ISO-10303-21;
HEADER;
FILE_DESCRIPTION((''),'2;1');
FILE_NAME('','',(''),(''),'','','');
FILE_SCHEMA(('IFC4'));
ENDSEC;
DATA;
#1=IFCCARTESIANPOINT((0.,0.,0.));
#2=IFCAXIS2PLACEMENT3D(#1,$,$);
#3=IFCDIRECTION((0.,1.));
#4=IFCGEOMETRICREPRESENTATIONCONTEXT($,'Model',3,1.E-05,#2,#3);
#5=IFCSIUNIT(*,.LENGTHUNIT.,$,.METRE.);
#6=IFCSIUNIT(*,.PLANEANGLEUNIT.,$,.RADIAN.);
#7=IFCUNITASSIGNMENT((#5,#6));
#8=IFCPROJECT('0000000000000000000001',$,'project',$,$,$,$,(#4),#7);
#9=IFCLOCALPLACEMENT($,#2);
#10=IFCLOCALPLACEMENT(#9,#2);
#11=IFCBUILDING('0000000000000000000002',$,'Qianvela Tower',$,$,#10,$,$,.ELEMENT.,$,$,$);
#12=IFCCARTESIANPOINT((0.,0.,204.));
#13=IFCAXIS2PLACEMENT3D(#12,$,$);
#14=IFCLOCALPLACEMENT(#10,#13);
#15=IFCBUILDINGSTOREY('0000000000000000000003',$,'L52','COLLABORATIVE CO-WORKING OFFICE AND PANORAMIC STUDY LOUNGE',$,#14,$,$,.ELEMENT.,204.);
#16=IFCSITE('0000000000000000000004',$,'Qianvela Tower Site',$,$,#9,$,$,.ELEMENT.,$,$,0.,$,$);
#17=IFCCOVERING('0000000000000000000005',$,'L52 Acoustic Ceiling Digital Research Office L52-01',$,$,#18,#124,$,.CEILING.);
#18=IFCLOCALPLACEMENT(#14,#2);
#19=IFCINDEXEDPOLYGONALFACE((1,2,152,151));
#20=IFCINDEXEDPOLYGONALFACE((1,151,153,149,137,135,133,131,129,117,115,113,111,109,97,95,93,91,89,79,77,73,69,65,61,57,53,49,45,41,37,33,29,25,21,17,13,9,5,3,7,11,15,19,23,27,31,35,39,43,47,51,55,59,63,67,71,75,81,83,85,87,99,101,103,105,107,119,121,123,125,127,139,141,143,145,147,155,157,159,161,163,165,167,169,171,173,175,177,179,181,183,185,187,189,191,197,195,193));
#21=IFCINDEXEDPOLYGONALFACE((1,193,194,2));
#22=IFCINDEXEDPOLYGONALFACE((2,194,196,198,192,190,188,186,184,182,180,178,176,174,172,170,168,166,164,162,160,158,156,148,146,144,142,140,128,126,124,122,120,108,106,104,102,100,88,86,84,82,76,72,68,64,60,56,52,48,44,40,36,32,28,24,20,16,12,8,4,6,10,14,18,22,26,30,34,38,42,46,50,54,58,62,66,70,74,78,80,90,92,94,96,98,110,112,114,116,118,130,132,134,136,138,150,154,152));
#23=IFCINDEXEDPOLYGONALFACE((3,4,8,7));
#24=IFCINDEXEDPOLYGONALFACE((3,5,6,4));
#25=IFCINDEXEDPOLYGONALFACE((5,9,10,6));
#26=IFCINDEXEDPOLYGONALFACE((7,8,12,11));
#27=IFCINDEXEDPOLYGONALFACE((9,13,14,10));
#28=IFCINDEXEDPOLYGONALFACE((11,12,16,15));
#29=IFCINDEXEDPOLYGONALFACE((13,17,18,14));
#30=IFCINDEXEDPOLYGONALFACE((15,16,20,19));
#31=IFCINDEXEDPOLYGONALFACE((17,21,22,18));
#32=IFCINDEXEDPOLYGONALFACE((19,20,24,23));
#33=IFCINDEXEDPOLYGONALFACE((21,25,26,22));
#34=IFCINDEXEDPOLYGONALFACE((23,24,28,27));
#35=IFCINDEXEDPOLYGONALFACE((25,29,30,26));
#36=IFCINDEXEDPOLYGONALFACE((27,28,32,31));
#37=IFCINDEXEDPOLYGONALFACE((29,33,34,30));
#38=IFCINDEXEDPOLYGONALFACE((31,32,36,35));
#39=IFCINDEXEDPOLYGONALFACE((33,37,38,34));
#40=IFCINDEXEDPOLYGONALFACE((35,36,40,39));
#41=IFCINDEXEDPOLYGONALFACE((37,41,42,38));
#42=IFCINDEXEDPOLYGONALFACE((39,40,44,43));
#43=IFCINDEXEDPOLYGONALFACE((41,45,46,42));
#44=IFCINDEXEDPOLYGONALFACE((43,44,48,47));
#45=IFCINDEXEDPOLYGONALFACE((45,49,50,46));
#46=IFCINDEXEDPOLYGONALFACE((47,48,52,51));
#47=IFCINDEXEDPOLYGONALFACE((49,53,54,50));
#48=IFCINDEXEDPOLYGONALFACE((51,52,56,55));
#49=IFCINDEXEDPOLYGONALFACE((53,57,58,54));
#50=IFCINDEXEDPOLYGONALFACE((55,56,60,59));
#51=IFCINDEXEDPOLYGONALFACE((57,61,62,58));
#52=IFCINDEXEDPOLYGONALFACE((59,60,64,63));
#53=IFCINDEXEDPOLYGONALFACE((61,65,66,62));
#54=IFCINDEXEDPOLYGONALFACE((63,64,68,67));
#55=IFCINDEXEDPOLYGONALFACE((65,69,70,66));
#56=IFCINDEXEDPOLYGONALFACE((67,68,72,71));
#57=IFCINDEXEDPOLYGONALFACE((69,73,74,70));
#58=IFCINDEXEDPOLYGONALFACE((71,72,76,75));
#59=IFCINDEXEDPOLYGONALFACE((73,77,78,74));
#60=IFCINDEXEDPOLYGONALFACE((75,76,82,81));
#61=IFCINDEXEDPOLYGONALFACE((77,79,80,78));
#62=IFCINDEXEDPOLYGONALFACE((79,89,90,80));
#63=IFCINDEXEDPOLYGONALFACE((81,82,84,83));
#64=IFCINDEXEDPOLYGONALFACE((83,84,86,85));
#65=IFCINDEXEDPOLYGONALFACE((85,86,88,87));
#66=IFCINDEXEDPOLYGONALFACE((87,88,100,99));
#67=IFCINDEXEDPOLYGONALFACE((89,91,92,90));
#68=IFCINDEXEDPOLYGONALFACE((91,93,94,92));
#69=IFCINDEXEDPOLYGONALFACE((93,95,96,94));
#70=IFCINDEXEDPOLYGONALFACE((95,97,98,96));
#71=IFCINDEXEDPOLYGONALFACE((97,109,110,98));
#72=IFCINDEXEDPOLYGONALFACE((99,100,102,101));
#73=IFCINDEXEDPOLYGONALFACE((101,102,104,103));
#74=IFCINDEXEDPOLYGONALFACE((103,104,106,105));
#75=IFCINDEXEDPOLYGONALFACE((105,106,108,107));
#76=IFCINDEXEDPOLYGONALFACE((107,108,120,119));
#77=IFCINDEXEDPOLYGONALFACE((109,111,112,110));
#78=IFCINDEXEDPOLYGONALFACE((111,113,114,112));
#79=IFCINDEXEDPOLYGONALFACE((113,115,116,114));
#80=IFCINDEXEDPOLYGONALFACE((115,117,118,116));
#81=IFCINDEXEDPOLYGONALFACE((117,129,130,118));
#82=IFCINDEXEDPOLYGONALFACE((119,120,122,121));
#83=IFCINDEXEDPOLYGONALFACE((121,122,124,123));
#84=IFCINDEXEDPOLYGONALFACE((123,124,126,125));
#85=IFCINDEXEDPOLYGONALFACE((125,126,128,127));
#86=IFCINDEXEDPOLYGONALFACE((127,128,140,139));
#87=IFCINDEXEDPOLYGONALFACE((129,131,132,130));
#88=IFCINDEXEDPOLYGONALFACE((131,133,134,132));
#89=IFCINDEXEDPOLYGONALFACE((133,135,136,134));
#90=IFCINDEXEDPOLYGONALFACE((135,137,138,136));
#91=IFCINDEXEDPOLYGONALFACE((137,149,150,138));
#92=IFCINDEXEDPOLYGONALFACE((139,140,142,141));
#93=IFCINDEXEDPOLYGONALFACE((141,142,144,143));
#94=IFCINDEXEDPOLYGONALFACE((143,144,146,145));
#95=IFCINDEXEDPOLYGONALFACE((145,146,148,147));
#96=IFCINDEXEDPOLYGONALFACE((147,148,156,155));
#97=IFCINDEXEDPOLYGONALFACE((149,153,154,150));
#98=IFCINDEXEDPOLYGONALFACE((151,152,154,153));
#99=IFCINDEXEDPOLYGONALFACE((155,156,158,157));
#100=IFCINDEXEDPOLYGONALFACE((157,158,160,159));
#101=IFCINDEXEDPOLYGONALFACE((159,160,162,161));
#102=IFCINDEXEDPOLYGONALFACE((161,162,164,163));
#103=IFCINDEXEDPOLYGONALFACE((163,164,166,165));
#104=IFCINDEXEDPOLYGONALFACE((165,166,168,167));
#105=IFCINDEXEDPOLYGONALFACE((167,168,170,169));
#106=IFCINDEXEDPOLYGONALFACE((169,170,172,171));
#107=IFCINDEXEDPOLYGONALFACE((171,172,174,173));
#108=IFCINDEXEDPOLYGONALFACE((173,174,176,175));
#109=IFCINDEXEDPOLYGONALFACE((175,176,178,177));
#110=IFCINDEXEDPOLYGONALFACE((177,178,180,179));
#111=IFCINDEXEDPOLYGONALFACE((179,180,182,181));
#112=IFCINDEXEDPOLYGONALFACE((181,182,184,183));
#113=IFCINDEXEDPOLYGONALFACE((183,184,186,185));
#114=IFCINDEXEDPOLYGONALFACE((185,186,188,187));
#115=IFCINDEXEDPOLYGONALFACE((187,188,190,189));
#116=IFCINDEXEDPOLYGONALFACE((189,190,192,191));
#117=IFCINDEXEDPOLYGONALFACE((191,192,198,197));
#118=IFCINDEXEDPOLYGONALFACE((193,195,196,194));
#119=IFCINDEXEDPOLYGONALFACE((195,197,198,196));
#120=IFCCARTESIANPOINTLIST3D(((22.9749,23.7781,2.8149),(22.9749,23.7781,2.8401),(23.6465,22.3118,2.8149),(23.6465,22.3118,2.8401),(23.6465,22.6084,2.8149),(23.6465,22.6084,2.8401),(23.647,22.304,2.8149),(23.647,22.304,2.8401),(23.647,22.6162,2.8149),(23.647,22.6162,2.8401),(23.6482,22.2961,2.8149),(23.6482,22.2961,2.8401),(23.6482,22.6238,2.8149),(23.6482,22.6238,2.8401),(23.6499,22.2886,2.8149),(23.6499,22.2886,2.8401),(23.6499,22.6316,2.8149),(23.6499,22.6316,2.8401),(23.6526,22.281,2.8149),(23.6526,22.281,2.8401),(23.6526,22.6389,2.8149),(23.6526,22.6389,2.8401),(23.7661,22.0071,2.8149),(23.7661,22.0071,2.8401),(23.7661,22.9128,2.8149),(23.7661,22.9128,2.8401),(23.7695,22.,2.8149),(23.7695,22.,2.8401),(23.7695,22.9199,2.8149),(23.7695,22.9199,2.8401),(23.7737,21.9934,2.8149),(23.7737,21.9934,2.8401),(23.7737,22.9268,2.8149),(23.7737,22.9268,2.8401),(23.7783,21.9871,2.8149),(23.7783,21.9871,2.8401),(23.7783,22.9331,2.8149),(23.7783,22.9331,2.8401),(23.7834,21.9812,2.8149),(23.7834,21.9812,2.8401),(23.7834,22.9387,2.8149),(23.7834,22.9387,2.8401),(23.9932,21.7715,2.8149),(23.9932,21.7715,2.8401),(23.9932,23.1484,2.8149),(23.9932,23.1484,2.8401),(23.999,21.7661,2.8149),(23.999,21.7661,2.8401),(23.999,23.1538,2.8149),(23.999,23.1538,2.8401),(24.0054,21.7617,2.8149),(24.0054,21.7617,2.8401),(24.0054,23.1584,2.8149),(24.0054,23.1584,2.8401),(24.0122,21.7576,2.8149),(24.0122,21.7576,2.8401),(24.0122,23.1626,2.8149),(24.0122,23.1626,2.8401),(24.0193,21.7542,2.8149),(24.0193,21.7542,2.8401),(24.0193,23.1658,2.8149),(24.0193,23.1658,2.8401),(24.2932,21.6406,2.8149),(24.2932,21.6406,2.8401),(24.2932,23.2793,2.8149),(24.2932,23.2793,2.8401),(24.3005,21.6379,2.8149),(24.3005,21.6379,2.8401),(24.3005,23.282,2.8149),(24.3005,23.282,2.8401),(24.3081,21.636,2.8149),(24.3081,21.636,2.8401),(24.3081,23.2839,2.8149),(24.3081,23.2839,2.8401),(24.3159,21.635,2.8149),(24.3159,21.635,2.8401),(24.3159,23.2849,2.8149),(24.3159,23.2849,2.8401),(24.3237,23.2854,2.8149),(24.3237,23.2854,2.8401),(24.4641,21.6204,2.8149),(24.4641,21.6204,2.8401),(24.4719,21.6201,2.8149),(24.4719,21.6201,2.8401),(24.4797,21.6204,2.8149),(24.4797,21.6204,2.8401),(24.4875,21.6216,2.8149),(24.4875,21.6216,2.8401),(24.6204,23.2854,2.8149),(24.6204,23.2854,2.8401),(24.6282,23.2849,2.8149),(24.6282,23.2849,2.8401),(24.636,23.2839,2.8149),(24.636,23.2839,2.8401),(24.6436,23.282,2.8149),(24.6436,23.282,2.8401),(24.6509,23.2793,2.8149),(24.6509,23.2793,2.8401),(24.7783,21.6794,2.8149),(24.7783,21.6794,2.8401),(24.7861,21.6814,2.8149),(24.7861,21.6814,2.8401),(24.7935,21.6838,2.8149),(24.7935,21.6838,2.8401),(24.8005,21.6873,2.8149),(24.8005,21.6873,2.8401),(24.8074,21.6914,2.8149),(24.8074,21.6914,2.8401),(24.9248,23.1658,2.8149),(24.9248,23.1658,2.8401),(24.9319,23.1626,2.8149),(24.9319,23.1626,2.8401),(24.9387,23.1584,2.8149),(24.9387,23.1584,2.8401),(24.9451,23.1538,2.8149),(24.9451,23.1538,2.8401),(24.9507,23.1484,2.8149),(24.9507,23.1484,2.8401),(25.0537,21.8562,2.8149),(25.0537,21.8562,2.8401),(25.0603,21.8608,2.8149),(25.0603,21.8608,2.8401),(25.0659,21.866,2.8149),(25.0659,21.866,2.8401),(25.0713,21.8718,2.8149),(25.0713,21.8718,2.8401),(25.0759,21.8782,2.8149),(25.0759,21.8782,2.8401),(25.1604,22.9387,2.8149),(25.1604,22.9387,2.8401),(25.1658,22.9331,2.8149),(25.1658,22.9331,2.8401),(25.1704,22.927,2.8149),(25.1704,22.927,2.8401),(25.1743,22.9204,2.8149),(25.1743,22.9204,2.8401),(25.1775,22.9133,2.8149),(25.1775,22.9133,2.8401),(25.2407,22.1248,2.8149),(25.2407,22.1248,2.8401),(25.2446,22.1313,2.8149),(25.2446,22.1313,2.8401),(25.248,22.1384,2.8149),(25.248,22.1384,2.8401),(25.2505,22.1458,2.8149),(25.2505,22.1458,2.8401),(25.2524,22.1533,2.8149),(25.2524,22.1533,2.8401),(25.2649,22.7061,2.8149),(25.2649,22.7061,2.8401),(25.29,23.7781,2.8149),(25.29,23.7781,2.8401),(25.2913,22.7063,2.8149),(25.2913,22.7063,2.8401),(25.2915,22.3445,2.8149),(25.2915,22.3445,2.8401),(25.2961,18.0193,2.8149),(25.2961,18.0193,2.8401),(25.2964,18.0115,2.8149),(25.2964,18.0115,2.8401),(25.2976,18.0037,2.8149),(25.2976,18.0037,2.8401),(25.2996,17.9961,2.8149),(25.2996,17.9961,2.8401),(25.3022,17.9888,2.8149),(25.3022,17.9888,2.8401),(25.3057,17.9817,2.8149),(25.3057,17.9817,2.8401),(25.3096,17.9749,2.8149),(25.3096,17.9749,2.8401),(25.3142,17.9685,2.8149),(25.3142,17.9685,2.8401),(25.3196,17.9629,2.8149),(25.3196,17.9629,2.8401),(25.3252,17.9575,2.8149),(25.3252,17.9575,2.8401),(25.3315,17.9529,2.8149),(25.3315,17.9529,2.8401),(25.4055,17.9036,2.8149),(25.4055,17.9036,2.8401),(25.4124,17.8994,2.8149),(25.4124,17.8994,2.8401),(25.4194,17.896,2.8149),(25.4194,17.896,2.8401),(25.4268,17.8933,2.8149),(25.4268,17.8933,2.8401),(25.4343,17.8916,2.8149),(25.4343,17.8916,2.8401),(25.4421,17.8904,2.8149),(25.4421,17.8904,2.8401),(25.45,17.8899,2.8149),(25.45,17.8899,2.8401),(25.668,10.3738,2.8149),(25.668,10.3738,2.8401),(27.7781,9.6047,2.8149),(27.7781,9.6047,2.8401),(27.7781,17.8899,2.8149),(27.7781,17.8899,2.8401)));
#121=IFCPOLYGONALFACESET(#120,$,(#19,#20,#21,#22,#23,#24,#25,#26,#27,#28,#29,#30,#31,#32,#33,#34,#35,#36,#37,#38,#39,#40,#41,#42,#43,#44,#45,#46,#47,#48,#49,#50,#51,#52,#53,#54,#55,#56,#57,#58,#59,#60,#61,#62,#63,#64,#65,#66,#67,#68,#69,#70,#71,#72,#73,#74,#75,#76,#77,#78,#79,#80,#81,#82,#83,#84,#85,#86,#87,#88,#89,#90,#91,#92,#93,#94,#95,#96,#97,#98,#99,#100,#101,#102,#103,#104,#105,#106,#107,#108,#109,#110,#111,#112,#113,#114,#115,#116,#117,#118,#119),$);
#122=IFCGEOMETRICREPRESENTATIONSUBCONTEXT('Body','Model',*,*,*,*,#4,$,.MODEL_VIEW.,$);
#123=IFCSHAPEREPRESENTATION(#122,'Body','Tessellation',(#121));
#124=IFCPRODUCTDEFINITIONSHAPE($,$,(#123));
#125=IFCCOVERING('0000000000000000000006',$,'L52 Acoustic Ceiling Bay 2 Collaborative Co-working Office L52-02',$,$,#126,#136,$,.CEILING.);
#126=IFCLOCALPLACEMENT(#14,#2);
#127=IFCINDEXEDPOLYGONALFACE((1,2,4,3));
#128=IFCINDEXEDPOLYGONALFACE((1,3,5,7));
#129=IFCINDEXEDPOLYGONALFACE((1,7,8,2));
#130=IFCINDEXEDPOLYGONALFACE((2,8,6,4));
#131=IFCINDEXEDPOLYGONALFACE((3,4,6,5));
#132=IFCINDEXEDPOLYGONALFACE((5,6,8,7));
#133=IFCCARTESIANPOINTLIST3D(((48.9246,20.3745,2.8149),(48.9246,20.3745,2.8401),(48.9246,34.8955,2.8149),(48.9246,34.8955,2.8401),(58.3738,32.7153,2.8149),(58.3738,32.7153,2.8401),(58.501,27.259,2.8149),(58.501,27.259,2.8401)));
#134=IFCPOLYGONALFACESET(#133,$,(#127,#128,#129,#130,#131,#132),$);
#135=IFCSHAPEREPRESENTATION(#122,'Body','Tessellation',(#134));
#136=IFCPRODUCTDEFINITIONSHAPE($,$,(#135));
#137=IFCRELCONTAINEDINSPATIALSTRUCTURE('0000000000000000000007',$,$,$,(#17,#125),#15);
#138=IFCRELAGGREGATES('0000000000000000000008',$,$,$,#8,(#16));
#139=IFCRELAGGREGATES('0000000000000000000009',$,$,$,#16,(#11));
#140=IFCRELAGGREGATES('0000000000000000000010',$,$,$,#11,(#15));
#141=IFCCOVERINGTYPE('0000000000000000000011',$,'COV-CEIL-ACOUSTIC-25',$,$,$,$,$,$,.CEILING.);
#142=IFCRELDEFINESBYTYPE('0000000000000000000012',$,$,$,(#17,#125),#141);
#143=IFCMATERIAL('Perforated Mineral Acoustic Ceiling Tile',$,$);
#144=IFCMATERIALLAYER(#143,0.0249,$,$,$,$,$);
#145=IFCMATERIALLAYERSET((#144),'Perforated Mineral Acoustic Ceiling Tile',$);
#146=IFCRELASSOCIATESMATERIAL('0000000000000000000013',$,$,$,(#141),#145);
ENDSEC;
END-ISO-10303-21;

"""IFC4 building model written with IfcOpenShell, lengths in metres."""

from ifc_helpers import new_model, si_unit, direction, frame, origin, place, context, subcontext, project, spatial, polyline, outline, extrude, material, layer, layer_set, type_object, element, save


model = new_model("IFC4")

# Units and contexts
model_context = context("Model", 3, precision=1e-05, world=origin(), true_north=direction((0.0, 1.0)))
body_context = subcontext(model_context, "Body", "Model", "MODEL_VIEW")
ifc_project = project(units=[si_unit("LENGTHUNIT", "METRE"), si_unit("PLANEANGLEUNIT", "RADIAN")], contexts=[model_context])

# Site, building, storey
site_placement = place(None, origin())
site = spatial("IfcSite", under=ifc_project, at=site_placement, Name="Qianvela Tower Site", CompositionType="ELEMENT", RefElevation=0.0)
building_placement = place(site_placement, origin())
building = spatial("IfcBuilding", under=site, at=building_placement, Name="Qianvela Tower", CompositionType="ELEMENT")
storey_placement = place(building_placement, frame((0.0, 0.0, 204.0)))
storey = spatial("IfcBuildingStorey", under=building, at=storey_placement, Name="L52", Description="COLLABORATIVE CO-WORKING OFFICE AND PANORAMIC STUDY LOUNGE", CompositionType="ELEMENT", Elevation=204.0)

# Coverings
ifc_material_1 = material(Name="Perforated Mineral Acoustic Ceiling Tile")
ifc_layer_1 = layer(ifc_material_1, 0.0249)
ifc_layer_set_1 = layer_set([ifc_layer_1], Name="Perforated Mineral Acoustic Ceiling Tile")
covering_type_1 = type_object("IfcCoveringType", Name="COV-CEIL-ACOUSTIC-25", PredefinedType="CEILING", material=ifc_layer_set_1)
covering_1_placement = place(storey_placement, frame((0.0, 0.0, 2.8149)))
element("IfcCovering", 1, at=covering_1_placement, inside=storey, type_object=covering_type_1, Name="L52 Acoustic Ceiling Digital Research Office L52-01", PredefinedType="CEILING", context=body_context, shape_type="SweptSolid", body=[
    extrude(outline(polyline([(25.2913, 22.7063), (25.2649, 22.7061), (25.1775, 22.9133), (25.1743, 22.9204), (25.1704, 22.927), (25.1658, 22.9331), (25.1604, 22.9387), (24.9507, 23.1484), (24.9451, 23.1538), (24.9387, 23.1584), (24.9319, 23.1626), (24.9248, 23.1658), (24.6509, 23.2793), (24.6436, 23.282), (24.636, 23.2839), (24.6282, 23.2849), (24.6204, 23.2854), (24.3237, 23.2854), (24.3159, 23.2849), (24.3081, 23.2839), (24.3005, 23.282), (24.2932, 23.2793), (24.0193, 23.1658), (24.0122, 23.1626), (24.0054, 23.1584), (23.999, 23.1538), (23.9932, 23.1484), (23.7834, 22.9387), (23.7783, 22.9331), (23.7737, 22.9268), (23.7695, 22.9199), (23.7661, 22.9128), (23.6526, 22.6389), (23.6499, 22.6316), (23.6482, 22.6238), (23.647, 22.6162), (23.6465, 22.6084), (23.6465, 22.3118), (23.647, 22.304), (23.6482, 22.2961), (23.6499, 22.2886), (23.6526, 22.281), (23.7661, 22.0071), (23.7695, 22.0), (23.7737, 21.9934), (23.7783, 21.9871), (23.7834, 21.9812), (23.9932, 21.7715), (23.999, 21.7661), (24.0054, 21.7617), (24.0122, 21.7576), (24.0193, 21.7542), (24.2932, 21.6406), (24.3005, 21.6379), (24.3081, 21.636), (24.3159, 21.635), (24.4641, 21.6204), (24.4719, 21.6201), (24.4797, 21.6204), (24.4875, 21.6216), (24.7783, 21.6794), (24.7861, 21.6814), (24.7935, 21.6838), (24.8005, 21.6873), (24.8074, 21.6914), (25.0537, 21.8562), (25.0603, 21.8608), (25.0659, 21.866), (25.0713, 21.8718), (25.0759, 21.8782), (25.2407, 22.1248), (25.2446, 22.1313), (25.248, 22.1384), (25.2505, 22.1458), (25.2524, 22.1533), (25.2915, 22.3445), (25.2961, 18.0193), (25.2964, 18.0115), (25.2976, 18.0037), (25.2996, 17.9961), (25.3022, 17.9888), (25.3057, 17.9817), (25.3096, 17.9749), (25.3142, 17.9685), (25.3196, 17.9629), (25.3252, 17.9575), (25.3315, 17.9529), (25.4055, 17.9036), (25.4124, 17.8994), (25.4194, 17.896), (25.4268, 17.8933), (25.4343, 17.8916), (25.4421, 17.8904), (25.45, 17.8899), (27.7781, 17.8899), (27.7781, 9.6047), (25.668, 10.3738), (22.9749, 23.7781), (25.29, 23.7781), (25.2913, 22.7063)])), origin(), (0.0, 0.0, 1.0), 0.0251),
])
covering_2_placement = place(storey_placement, frame((0.0, 0.0, 2.8149)))
element("IfcCovering", 2, at=covering_2_placement, inside=storey, type_object=covering_type_1, Name="L52 Acoustic Ceiling Bay 2 Collaborative Co-working Office L52-02", PredefinedType="CEILING", context=body_context, shape_type="SweptSolid", body=[
    extrude(outline(polyline([(58.3738, 32.7153), (58.501, 27.259), (48.9246, 20.3745), (48.9246, 34.8955), (58.3738, 32.7153)])), origin(), (0.0, 0.0, 1.0), 0.0251),
])

save(model, "model.ifc")
